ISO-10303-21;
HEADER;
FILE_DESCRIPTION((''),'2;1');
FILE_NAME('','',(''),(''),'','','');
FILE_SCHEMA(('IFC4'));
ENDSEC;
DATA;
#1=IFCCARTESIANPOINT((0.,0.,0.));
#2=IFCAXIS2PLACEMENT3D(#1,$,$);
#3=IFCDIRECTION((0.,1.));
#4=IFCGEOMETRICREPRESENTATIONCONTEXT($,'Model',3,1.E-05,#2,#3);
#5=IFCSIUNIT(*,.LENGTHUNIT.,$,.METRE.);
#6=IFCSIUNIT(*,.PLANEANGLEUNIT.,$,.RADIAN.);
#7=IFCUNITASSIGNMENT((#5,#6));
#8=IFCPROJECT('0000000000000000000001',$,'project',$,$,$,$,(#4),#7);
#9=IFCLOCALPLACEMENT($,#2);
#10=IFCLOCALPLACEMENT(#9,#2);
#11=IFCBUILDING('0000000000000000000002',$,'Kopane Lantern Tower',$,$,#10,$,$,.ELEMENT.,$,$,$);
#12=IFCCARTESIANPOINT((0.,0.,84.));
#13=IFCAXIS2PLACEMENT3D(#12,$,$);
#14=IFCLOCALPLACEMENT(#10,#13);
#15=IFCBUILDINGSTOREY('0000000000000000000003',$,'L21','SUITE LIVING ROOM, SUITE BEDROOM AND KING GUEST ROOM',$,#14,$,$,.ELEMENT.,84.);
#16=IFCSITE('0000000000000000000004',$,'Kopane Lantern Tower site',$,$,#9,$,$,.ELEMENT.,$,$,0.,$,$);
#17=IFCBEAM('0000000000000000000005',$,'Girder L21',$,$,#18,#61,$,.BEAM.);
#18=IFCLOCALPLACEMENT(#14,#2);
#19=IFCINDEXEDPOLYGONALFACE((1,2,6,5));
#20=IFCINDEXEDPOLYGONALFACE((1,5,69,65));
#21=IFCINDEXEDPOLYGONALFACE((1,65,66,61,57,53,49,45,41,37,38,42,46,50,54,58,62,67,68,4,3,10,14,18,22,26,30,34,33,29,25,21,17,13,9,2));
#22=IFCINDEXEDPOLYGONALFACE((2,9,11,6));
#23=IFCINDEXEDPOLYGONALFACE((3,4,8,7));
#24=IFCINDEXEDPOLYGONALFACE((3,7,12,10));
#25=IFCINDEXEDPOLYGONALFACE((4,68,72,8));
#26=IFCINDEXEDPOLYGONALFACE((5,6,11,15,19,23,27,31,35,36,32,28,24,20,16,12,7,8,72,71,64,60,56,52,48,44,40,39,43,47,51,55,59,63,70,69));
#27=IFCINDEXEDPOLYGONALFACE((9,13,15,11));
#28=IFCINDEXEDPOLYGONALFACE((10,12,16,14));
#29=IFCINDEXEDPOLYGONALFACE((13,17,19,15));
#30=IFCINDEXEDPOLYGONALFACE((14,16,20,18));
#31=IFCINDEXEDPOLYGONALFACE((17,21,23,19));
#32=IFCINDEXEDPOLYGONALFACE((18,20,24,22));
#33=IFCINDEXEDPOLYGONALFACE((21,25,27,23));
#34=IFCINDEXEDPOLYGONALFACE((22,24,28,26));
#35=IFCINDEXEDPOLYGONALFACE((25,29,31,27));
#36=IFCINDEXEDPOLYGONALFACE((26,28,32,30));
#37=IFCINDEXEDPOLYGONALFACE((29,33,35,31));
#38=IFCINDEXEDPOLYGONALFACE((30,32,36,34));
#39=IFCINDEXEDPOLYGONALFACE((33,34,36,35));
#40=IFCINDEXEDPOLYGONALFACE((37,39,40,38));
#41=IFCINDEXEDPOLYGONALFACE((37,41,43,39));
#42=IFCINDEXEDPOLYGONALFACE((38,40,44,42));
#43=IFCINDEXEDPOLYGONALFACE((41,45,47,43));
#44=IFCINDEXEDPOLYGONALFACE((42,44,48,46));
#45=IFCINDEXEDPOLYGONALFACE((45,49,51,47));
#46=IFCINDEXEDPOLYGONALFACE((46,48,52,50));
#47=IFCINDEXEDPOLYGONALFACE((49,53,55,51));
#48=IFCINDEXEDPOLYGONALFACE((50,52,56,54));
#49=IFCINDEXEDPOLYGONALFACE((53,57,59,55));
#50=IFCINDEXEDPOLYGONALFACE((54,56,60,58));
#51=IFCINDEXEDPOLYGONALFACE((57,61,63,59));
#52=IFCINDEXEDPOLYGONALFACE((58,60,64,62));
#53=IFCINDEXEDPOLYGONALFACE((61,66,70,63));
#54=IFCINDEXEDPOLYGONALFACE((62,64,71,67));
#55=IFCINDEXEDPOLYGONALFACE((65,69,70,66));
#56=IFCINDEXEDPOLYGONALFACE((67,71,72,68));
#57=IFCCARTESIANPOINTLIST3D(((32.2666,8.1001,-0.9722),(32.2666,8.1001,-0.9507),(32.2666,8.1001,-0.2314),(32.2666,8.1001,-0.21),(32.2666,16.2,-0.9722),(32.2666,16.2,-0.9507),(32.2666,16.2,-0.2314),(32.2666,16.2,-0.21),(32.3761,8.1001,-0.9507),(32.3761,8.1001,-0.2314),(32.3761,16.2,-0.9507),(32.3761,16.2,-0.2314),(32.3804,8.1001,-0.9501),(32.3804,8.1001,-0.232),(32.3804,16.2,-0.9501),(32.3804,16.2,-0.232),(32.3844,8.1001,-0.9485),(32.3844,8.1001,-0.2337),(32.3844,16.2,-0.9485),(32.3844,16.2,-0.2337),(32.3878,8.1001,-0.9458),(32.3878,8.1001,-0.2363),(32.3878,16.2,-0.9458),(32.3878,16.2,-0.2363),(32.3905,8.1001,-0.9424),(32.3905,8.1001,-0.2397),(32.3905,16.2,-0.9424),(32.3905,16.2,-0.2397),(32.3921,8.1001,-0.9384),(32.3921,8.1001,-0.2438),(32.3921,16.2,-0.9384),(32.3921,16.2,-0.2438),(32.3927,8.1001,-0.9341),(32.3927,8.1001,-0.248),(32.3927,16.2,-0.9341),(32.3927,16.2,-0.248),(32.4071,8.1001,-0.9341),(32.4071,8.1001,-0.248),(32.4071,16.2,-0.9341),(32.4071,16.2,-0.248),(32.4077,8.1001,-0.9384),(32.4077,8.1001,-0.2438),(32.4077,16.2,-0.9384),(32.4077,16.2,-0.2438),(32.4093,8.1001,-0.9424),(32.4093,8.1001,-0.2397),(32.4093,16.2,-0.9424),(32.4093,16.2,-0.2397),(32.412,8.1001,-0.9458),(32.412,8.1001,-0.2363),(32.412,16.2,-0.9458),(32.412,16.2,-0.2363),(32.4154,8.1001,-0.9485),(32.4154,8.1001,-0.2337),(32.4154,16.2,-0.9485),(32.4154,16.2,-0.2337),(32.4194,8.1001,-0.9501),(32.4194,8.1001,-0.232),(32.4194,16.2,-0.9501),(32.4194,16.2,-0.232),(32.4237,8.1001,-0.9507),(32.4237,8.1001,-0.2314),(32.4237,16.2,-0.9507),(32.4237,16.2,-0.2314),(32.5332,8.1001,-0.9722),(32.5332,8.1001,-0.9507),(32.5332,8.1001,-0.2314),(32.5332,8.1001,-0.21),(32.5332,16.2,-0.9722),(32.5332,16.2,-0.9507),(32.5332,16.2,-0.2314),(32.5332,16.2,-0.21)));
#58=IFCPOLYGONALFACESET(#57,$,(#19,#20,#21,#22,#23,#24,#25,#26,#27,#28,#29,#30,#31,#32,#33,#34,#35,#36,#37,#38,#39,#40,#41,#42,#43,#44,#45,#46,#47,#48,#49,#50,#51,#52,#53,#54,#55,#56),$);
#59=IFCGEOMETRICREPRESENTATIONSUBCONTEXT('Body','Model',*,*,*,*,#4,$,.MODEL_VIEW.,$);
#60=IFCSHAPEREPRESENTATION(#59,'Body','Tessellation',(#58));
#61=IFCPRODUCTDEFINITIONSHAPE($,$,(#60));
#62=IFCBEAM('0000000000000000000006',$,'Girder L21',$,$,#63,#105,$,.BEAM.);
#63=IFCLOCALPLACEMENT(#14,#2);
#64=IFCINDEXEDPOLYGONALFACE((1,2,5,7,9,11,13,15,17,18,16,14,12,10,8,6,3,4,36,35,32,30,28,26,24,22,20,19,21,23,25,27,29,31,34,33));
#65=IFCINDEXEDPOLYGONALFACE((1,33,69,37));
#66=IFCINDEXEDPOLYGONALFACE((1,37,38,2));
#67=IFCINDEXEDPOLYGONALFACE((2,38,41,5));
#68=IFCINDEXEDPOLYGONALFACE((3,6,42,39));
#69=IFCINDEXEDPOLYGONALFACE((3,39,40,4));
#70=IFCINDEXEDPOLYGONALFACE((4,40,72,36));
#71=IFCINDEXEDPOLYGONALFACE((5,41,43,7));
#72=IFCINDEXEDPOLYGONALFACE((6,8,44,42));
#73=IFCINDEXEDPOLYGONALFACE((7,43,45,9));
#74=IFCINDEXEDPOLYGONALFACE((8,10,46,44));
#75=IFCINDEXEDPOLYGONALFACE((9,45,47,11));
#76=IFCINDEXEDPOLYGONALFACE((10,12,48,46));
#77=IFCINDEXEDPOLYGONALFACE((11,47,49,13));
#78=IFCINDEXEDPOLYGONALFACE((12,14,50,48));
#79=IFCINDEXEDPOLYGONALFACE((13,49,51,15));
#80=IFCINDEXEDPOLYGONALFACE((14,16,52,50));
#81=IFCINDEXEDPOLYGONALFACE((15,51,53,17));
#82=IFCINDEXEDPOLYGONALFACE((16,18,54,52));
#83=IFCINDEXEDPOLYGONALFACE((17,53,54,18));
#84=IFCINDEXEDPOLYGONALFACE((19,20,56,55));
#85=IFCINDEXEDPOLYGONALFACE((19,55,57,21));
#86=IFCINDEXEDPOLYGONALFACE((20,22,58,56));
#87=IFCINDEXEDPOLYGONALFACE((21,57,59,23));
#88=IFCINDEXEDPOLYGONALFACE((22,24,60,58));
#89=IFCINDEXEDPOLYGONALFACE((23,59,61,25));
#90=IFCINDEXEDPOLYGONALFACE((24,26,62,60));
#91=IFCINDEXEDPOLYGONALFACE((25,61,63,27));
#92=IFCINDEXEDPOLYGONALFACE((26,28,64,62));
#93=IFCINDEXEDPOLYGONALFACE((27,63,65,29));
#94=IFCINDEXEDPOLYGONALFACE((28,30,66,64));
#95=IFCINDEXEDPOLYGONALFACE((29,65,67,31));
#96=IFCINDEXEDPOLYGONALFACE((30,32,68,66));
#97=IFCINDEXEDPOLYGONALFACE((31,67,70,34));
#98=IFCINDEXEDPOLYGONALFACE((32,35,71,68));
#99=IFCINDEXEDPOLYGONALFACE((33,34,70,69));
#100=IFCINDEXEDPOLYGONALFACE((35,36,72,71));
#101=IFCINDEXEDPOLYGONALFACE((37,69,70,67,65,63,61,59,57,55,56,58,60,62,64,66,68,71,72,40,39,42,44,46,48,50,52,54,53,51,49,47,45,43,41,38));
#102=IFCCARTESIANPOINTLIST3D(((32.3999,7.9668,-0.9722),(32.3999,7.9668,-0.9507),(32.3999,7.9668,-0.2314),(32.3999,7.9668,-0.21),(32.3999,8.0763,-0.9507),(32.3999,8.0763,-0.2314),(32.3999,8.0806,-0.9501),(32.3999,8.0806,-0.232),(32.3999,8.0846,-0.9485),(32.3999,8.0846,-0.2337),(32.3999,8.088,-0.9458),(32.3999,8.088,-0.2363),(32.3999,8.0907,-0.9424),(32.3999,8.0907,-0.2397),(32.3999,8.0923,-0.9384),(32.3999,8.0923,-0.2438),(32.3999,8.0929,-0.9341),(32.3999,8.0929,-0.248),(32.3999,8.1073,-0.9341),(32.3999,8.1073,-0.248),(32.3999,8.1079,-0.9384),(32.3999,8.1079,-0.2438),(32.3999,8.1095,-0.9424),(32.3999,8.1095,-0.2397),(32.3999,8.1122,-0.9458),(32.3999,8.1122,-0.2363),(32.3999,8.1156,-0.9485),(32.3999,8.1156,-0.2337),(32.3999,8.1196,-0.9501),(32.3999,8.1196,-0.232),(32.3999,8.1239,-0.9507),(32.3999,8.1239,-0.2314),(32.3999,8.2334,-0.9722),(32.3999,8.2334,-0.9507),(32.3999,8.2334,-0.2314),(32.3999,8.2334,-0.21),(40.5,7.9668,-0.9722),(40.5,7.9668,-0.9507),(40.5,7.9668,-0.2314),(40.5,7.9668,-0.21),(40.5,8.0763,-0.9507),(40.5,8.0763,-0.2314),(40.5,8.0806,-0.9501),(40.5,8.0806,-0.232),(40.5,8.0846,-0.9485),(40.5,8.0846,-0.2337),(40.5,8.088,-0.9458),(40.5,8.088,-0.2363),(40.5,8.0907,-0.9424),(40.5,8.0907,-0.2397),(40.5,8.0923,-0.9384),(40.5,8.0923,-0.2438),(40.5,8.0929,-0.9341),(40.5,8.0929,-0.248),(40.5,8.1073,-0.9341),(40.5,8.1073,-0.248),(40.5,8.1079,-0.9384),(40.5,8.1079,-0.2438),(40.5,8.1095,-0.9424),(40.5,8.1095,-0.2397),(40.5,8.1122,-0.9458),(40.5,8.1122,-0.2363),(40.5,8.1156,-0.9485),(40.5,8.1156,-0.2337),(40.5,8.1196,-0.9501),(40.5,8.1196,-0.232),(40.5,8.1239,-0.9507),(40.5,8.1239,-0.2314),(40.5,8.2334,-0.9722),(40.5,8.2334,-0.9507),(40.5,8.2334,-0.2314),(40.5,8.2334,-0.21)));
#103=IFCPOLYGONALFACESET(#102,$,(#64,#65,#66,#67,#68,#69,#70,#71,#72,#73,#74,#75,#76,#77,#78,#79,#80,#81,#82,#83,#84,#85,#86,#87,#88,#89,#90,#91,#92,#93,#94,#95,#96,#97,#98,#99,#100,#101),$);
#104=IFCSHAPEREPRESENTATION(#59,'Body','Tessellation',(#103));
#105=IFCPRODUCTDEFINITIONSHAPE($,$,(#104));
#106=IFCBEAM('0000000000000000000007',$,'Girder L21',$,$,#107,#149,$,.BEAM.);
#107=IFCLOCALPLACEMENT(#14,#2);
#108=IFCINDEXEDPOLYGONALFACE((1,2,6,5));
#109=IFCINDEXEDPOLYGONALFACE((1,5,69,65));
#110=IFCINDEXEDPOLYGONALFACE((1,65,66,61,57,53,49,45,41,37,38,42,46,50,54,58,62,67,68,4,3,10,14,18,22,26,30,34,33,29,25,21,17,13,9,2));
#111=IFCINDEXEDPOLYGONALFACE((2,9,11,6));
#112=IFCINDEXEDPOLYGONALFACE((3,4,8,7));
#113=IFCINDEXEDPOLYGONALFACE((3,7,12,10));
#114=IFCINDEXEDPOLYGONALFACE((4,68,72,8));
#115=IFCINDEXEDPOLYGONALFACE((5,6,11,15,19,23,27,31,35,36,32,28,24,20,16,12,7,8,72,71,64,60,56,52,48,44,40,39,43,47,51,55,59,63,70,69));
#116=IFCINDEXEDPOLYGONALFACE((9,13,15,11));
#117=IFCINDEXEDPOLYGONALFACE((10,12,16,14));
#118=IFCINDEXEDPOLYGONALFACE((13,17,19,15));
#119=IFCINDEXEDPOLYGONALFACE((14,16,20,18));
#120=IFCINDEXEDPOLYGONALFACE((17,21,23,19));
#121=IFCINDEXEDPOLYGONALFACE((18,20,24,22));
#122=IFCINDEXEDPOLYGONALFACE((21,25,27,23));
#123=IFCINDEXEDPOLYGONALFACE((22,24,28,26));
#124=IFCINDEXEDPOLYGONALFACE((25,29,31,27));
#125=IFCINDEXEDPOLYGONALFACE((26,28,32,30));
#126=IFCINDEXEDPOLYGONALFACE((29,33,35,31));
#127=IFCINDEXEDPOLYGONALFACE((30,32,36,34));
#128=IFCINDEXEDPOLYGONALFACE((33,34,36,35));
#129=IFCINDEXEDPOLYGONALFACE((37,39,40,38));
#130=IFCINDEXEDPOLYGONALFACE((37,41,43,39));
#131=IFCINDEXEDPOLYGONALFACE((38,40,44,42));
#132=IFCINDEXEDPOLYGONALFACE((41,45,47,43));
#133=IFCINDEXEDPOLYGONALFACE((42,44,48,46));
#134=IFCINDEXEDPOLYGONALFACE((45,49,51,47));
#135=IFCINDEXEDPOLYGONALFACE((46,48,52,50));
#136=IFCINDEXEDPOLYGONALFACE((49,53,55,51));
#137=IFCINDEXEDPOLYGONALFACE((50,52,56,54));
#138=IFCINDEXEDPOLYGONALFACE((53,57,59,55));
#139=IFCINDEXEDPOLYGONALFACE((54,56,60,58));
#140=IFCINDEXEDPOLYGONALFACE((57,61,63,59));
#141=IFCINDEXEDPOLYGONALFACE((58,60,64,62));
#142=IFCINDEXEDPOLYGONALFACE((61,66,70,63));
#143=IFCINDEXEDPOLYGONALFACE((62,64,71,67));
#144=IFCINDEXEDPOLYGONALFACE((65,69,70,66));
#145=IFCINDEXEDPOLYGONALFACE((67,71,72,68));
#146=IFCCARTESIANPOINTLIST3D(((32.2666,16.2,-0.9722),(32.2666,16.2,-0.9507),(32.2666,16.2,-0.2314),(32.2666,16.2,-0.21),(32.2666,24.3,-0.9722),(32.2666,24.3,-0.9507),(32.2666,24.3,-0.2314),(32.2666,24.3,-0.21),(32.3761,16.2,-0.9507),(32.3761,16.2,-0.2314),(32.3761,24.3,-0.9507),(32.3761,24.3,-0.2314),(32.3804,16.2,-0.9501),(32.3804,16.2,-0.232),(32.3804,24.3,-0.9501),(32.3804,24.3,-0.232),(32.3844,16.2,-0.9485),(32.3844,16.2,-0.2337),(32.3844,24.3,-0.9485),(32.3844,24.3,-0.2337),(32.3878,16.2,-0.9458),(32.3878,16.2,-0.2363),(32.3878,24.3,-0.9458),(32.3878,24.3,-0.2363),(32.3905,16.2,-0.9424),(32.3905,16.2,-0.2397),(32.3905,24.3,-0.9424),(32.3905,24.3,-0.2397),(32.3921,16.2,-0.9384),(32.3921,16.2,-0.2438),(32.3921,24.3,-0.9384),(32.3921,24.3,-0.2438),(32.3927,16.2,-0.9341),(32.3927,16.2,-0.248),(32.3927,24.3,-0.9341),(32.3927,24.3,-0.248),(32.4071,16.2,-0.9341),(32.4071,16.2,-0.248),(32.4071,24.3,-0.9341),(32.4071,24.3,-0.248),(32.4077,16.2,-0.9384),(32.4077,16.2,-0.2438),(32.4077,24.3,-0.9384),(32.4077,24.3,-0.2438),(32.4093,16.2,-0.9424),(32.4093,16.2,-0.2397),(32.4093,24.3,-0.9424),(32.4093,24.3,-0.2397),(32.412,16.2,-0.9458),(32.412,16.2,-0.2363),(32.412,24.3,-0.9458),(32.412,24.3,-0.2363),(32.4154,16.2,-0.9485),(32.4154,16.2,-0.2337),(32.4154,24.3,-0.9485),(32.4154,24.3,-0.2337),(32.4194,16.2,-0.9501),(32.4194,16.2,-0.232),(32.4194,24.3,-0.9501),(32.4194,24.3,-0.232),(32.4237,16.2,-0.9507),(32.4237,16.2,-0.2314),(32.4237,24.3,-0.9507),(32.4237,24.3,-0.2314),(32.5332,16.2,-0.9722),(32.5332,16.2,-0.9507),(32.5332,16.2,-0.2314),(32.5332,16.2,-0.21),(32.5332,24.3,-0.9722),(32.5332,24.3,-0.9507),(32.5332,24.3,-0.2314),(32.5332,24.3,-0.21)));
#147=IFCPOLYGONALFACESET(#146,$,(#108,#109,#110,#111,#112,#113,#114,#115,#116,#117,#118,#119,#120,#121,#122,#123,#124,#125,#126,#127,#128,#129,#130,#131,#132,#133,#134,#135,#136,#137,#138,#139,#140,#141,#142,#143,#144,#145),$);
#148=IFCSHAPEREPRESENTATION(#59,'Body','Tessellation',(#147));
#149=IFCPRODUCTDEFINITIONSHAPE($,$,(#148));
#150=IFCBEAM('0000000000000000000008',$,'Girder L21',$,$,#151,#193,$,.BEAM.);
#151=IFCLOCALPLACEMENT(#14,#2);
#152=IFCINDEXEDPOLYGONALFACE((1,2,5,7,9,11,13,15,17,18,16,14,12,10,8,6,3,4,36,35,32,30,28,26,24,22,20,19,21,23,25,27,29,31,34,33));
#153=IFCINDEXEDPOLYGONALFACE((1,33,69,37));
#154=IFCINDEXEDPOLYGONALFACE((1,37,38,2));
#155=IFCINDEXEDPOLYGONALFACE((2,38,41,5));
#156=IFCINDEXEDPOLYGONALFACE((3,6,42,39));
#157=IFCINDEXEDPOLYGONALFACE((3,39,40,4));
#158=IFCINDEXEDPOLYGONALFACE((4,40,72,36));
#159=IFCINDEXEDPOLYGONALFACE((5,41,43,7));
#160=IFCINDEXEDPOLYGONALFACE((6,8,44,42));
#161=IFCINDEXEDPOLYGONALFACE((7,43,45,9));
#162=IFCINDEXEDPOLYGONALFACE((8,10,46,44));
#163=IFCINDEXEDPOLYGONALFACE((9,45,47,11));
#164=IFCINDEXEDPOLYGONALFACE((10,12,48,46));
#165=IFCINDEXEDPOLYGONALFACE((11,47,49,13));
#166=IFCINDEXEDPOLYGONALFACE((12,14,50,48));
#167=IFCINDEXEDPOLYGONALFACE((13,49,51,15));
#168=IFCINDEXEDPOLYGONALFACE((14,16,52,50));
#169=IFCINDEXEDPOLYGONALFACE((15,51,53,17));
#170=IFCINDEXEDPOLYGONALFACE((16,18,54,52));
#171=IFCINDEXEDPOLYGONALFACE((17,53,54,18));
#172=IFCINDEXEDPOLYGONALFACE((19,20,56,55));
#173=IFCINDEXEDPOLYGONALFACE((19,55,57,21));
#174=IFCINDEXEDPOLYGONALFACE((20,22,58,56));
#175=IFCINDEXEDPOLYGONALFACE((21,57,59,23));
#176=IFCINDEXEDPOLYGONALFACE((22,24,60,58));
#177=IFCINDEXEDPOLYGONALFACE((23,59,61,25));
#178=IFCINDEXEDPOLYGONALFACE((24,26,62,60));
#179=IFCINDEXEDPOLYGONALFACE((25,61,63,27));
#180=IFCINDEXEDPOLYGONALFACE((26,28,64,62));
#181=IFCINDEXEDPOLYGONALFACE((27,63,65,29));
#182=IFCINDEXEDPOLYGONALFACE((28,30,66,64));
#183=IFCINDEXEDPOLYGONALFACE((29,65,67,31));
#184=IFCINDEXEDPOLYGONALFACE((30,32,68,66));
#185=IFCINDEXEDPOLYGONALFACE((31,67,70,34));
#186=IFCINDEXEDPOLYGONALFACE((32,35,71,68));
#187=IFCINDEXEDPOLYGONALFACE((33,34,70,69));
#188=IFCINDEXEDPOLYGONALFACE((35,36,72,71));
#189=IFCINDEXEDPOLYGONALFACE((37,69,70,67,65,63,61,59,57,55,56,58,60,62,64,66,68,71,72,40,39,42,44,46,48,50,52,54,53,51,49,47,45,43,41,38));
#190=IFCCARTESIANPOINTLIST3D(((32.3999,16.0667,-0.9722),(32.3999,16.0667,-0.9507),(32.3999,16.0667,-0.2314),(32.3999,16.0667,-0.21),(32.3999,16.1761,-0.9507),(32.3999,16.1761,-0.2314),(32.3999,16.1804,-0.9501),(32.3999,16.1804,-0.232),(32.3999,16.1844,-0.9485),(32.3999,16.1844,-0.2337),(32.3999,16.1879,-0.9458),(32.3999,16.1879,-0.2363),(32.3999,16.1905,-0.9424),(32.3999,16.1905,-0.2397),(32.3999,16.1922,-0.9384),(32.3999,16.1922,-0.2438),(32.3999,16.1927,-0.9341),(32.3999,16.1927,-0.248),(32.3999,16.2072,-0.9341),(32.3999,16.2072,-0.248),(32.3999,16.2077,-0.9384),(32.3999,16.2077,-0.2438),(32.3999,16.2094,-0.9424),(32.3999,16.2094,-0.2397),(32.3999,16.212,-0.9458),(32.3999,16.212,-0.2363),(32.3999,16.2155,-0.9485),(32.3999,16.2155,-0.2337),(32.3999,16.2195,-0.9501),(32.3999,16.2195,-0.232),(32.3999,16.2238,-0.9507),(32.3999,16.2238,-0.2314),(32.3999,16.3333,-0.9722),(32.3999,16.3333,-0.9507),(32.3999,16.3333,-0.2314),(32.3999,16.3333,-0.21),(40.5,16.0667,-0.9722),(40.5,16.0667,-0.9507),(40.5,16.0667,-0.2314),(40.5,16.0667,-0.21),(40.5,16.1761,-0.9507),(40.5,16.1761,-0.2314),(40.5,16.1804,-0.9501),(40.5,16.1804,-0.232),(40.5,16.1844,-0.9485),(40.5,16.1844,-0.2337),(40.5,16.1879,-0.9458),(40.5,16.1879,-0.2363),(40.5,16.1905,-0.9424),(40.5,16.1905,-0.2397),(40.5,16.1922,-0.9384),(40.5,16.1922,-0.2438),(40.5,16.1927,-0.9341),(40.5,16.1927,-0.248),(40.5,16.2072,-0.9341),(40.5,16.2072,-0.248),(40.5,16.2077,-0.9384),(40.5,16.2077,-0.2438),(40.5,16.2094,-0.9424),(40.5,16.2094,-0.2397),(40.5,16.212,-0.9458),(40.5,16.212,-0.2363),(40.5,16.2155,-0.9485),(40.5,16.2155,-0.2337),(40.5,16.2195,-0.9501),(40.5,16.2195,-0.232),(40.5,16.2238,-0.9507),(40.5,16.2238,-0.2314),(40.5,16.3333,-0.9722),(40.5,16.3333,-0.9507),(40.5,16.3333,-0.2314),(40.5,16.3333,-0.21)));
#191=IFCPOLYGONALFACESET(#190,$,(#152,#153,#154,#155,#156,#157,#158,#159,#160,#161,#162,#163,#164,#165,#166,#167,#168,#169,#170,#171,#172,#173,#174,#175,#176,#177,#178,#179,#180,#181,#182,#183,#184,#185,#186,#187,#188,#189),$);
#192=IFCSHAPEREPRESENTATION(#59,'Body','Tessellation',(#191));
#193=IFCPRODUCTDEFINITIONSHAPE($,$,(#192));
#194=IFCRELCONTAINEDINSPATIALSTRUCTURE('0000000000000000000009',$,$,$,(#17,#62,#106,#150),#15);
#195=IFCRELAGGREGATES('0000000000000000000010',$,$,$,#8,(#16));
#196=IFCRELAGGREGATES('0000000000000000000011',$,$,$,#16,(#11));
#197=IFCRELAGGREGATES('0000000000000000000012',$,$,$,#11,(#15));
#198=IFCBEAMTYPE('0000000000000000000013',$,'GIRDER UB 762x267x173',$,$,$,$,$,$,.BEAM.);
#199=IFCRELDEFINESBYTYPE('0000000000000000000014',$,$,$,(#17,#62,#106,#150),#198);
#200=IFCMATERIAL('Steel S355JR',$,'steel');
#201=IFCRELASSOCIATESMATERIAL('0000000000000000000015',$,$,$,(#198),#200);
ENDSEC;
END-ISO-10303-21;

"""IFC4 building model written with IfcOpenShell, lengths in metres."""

from ifc_helpers import new_model, si_unit, direction, frame, origin, origin_2d, place, context, subcontext, project, spatial, i_section, extrude, material, material_profile, profile_set, type_object, element, save


model = new_model("IFC4")

# Units and contexts
model_context = context("Model", 3, precision=1e-05, world=origin(), true_north=direction((0.0, 1.0)))
body_context = subcontext(model_context, "Body", "Model", "MODEL_VIEW")
ifc_project = project(units=[si_unit("LENGTHUNIT", "METRE"), si_unit("PLANEANGLEUNIT", "RADIAN")], contexts=[model_context])

# Site, building, storey
site_placement = place(None, origin())
site = spatial("IfcSite", under=ifc_project, at=site_placement, Name="Kopane Lantern Tower site", CompositionType="ELEMENT", RefElevation=0.0)
building_placement = place(site_placement, origin())
building = spatial("IfcBuilding", under=site, at=building_placement, Name="Kopane Lantern Tower", CompositionType="ELEMENT")
storey_placement = place(building_placement, frame((0.0, 0.0, 84.0)))
storey = spatial("IfcBuildingStorey", under=building, at=storey_placement, Name="L21", Description="SUITE LIVING ROOM, SUITE BEDROOM AND KING GUEST ROOM", CompositionType="ELEMENT", Elevation=84.0)

# Beams
ifc_material_1 = material(Name="Steel S355JR", Category="steel")
ifc_material_profile_1 = material_profile(ifc_material_1, i_section(OverallWidth=0.2666, OverallDepth=0.7622, WebThickness=0.0144, FlangeThickness=0.0215, FilletRadius=0.0166, at=origin_2d()), Name="UB 762x267x173")
ifc_profile_set_1 = profile_set([ifc_material_profile_1], Name="Steel S355JR")
beam_type = type_object("IfcBeamType", Name="GIRDER UB 762x267x173", PredefinedType="BEAM", material=ifc_profile_set_1)
beam_1_placement = place(storey_placement, frame((32.3999, 8.1001, -0.5911), z_axis=(0.0, 1.0, 0.0), x_axis=(-1.0, 0.0, 0.0)))
element("IfcBeam", 1, at=beam_1_placement, inside=storey, type_object=beam_type, Name="Girder L21", PredefinedType="BEAM", context=body_context, shape_type="SweptSolid", body=[
    extrude(i_section(OverallWidth=0.2666, OverallDepth=0.7622, WebThickness=0.0144, FlangeThickness=0.0215, FilletRadius=0.0166, at=origin_2d()), origin(), (0.0, 0.0, 1.0), 8.0999),
])
for number, where, z_axis, x_axis, name in (
    (2, (32.3999, 8.1001, -0.5911), (1.0, 0.0, 0.0), (0.0, 1.0, 0.0), "Girder L21"),
    (3, (32.3999, 16.2, -0.5911), (0.0, 1.0, 0.0), (-1.0, 0.0, 0.0), "Girder L21"),
    (4, (32.3999, 16.2, -0.5911), (1.0, 0.0, 0.0), (0.0, 1.0, 0.0), "Girder L21"),
):
    element("IfcBeam", number, at=place(storey_placement, frame(where, z_axis=z_axis, x_axis=x_axis)), inside=storey, type_object=beam_type, Name=name, PredefinedType="BEAM", context=body_context, shape_type="SweptSolid", body=[
        extrude(i_section(OverallWidth=0.2666, OverallDepth=0.7622, WebThickness=0.0144, FlangeThickness=0.0215, FilletRadius=0.0166, at=origin_2d()), origin(), (0.0, 0.0, 1.0), 8.1001),
    ])

save(model, "model.ifc")
